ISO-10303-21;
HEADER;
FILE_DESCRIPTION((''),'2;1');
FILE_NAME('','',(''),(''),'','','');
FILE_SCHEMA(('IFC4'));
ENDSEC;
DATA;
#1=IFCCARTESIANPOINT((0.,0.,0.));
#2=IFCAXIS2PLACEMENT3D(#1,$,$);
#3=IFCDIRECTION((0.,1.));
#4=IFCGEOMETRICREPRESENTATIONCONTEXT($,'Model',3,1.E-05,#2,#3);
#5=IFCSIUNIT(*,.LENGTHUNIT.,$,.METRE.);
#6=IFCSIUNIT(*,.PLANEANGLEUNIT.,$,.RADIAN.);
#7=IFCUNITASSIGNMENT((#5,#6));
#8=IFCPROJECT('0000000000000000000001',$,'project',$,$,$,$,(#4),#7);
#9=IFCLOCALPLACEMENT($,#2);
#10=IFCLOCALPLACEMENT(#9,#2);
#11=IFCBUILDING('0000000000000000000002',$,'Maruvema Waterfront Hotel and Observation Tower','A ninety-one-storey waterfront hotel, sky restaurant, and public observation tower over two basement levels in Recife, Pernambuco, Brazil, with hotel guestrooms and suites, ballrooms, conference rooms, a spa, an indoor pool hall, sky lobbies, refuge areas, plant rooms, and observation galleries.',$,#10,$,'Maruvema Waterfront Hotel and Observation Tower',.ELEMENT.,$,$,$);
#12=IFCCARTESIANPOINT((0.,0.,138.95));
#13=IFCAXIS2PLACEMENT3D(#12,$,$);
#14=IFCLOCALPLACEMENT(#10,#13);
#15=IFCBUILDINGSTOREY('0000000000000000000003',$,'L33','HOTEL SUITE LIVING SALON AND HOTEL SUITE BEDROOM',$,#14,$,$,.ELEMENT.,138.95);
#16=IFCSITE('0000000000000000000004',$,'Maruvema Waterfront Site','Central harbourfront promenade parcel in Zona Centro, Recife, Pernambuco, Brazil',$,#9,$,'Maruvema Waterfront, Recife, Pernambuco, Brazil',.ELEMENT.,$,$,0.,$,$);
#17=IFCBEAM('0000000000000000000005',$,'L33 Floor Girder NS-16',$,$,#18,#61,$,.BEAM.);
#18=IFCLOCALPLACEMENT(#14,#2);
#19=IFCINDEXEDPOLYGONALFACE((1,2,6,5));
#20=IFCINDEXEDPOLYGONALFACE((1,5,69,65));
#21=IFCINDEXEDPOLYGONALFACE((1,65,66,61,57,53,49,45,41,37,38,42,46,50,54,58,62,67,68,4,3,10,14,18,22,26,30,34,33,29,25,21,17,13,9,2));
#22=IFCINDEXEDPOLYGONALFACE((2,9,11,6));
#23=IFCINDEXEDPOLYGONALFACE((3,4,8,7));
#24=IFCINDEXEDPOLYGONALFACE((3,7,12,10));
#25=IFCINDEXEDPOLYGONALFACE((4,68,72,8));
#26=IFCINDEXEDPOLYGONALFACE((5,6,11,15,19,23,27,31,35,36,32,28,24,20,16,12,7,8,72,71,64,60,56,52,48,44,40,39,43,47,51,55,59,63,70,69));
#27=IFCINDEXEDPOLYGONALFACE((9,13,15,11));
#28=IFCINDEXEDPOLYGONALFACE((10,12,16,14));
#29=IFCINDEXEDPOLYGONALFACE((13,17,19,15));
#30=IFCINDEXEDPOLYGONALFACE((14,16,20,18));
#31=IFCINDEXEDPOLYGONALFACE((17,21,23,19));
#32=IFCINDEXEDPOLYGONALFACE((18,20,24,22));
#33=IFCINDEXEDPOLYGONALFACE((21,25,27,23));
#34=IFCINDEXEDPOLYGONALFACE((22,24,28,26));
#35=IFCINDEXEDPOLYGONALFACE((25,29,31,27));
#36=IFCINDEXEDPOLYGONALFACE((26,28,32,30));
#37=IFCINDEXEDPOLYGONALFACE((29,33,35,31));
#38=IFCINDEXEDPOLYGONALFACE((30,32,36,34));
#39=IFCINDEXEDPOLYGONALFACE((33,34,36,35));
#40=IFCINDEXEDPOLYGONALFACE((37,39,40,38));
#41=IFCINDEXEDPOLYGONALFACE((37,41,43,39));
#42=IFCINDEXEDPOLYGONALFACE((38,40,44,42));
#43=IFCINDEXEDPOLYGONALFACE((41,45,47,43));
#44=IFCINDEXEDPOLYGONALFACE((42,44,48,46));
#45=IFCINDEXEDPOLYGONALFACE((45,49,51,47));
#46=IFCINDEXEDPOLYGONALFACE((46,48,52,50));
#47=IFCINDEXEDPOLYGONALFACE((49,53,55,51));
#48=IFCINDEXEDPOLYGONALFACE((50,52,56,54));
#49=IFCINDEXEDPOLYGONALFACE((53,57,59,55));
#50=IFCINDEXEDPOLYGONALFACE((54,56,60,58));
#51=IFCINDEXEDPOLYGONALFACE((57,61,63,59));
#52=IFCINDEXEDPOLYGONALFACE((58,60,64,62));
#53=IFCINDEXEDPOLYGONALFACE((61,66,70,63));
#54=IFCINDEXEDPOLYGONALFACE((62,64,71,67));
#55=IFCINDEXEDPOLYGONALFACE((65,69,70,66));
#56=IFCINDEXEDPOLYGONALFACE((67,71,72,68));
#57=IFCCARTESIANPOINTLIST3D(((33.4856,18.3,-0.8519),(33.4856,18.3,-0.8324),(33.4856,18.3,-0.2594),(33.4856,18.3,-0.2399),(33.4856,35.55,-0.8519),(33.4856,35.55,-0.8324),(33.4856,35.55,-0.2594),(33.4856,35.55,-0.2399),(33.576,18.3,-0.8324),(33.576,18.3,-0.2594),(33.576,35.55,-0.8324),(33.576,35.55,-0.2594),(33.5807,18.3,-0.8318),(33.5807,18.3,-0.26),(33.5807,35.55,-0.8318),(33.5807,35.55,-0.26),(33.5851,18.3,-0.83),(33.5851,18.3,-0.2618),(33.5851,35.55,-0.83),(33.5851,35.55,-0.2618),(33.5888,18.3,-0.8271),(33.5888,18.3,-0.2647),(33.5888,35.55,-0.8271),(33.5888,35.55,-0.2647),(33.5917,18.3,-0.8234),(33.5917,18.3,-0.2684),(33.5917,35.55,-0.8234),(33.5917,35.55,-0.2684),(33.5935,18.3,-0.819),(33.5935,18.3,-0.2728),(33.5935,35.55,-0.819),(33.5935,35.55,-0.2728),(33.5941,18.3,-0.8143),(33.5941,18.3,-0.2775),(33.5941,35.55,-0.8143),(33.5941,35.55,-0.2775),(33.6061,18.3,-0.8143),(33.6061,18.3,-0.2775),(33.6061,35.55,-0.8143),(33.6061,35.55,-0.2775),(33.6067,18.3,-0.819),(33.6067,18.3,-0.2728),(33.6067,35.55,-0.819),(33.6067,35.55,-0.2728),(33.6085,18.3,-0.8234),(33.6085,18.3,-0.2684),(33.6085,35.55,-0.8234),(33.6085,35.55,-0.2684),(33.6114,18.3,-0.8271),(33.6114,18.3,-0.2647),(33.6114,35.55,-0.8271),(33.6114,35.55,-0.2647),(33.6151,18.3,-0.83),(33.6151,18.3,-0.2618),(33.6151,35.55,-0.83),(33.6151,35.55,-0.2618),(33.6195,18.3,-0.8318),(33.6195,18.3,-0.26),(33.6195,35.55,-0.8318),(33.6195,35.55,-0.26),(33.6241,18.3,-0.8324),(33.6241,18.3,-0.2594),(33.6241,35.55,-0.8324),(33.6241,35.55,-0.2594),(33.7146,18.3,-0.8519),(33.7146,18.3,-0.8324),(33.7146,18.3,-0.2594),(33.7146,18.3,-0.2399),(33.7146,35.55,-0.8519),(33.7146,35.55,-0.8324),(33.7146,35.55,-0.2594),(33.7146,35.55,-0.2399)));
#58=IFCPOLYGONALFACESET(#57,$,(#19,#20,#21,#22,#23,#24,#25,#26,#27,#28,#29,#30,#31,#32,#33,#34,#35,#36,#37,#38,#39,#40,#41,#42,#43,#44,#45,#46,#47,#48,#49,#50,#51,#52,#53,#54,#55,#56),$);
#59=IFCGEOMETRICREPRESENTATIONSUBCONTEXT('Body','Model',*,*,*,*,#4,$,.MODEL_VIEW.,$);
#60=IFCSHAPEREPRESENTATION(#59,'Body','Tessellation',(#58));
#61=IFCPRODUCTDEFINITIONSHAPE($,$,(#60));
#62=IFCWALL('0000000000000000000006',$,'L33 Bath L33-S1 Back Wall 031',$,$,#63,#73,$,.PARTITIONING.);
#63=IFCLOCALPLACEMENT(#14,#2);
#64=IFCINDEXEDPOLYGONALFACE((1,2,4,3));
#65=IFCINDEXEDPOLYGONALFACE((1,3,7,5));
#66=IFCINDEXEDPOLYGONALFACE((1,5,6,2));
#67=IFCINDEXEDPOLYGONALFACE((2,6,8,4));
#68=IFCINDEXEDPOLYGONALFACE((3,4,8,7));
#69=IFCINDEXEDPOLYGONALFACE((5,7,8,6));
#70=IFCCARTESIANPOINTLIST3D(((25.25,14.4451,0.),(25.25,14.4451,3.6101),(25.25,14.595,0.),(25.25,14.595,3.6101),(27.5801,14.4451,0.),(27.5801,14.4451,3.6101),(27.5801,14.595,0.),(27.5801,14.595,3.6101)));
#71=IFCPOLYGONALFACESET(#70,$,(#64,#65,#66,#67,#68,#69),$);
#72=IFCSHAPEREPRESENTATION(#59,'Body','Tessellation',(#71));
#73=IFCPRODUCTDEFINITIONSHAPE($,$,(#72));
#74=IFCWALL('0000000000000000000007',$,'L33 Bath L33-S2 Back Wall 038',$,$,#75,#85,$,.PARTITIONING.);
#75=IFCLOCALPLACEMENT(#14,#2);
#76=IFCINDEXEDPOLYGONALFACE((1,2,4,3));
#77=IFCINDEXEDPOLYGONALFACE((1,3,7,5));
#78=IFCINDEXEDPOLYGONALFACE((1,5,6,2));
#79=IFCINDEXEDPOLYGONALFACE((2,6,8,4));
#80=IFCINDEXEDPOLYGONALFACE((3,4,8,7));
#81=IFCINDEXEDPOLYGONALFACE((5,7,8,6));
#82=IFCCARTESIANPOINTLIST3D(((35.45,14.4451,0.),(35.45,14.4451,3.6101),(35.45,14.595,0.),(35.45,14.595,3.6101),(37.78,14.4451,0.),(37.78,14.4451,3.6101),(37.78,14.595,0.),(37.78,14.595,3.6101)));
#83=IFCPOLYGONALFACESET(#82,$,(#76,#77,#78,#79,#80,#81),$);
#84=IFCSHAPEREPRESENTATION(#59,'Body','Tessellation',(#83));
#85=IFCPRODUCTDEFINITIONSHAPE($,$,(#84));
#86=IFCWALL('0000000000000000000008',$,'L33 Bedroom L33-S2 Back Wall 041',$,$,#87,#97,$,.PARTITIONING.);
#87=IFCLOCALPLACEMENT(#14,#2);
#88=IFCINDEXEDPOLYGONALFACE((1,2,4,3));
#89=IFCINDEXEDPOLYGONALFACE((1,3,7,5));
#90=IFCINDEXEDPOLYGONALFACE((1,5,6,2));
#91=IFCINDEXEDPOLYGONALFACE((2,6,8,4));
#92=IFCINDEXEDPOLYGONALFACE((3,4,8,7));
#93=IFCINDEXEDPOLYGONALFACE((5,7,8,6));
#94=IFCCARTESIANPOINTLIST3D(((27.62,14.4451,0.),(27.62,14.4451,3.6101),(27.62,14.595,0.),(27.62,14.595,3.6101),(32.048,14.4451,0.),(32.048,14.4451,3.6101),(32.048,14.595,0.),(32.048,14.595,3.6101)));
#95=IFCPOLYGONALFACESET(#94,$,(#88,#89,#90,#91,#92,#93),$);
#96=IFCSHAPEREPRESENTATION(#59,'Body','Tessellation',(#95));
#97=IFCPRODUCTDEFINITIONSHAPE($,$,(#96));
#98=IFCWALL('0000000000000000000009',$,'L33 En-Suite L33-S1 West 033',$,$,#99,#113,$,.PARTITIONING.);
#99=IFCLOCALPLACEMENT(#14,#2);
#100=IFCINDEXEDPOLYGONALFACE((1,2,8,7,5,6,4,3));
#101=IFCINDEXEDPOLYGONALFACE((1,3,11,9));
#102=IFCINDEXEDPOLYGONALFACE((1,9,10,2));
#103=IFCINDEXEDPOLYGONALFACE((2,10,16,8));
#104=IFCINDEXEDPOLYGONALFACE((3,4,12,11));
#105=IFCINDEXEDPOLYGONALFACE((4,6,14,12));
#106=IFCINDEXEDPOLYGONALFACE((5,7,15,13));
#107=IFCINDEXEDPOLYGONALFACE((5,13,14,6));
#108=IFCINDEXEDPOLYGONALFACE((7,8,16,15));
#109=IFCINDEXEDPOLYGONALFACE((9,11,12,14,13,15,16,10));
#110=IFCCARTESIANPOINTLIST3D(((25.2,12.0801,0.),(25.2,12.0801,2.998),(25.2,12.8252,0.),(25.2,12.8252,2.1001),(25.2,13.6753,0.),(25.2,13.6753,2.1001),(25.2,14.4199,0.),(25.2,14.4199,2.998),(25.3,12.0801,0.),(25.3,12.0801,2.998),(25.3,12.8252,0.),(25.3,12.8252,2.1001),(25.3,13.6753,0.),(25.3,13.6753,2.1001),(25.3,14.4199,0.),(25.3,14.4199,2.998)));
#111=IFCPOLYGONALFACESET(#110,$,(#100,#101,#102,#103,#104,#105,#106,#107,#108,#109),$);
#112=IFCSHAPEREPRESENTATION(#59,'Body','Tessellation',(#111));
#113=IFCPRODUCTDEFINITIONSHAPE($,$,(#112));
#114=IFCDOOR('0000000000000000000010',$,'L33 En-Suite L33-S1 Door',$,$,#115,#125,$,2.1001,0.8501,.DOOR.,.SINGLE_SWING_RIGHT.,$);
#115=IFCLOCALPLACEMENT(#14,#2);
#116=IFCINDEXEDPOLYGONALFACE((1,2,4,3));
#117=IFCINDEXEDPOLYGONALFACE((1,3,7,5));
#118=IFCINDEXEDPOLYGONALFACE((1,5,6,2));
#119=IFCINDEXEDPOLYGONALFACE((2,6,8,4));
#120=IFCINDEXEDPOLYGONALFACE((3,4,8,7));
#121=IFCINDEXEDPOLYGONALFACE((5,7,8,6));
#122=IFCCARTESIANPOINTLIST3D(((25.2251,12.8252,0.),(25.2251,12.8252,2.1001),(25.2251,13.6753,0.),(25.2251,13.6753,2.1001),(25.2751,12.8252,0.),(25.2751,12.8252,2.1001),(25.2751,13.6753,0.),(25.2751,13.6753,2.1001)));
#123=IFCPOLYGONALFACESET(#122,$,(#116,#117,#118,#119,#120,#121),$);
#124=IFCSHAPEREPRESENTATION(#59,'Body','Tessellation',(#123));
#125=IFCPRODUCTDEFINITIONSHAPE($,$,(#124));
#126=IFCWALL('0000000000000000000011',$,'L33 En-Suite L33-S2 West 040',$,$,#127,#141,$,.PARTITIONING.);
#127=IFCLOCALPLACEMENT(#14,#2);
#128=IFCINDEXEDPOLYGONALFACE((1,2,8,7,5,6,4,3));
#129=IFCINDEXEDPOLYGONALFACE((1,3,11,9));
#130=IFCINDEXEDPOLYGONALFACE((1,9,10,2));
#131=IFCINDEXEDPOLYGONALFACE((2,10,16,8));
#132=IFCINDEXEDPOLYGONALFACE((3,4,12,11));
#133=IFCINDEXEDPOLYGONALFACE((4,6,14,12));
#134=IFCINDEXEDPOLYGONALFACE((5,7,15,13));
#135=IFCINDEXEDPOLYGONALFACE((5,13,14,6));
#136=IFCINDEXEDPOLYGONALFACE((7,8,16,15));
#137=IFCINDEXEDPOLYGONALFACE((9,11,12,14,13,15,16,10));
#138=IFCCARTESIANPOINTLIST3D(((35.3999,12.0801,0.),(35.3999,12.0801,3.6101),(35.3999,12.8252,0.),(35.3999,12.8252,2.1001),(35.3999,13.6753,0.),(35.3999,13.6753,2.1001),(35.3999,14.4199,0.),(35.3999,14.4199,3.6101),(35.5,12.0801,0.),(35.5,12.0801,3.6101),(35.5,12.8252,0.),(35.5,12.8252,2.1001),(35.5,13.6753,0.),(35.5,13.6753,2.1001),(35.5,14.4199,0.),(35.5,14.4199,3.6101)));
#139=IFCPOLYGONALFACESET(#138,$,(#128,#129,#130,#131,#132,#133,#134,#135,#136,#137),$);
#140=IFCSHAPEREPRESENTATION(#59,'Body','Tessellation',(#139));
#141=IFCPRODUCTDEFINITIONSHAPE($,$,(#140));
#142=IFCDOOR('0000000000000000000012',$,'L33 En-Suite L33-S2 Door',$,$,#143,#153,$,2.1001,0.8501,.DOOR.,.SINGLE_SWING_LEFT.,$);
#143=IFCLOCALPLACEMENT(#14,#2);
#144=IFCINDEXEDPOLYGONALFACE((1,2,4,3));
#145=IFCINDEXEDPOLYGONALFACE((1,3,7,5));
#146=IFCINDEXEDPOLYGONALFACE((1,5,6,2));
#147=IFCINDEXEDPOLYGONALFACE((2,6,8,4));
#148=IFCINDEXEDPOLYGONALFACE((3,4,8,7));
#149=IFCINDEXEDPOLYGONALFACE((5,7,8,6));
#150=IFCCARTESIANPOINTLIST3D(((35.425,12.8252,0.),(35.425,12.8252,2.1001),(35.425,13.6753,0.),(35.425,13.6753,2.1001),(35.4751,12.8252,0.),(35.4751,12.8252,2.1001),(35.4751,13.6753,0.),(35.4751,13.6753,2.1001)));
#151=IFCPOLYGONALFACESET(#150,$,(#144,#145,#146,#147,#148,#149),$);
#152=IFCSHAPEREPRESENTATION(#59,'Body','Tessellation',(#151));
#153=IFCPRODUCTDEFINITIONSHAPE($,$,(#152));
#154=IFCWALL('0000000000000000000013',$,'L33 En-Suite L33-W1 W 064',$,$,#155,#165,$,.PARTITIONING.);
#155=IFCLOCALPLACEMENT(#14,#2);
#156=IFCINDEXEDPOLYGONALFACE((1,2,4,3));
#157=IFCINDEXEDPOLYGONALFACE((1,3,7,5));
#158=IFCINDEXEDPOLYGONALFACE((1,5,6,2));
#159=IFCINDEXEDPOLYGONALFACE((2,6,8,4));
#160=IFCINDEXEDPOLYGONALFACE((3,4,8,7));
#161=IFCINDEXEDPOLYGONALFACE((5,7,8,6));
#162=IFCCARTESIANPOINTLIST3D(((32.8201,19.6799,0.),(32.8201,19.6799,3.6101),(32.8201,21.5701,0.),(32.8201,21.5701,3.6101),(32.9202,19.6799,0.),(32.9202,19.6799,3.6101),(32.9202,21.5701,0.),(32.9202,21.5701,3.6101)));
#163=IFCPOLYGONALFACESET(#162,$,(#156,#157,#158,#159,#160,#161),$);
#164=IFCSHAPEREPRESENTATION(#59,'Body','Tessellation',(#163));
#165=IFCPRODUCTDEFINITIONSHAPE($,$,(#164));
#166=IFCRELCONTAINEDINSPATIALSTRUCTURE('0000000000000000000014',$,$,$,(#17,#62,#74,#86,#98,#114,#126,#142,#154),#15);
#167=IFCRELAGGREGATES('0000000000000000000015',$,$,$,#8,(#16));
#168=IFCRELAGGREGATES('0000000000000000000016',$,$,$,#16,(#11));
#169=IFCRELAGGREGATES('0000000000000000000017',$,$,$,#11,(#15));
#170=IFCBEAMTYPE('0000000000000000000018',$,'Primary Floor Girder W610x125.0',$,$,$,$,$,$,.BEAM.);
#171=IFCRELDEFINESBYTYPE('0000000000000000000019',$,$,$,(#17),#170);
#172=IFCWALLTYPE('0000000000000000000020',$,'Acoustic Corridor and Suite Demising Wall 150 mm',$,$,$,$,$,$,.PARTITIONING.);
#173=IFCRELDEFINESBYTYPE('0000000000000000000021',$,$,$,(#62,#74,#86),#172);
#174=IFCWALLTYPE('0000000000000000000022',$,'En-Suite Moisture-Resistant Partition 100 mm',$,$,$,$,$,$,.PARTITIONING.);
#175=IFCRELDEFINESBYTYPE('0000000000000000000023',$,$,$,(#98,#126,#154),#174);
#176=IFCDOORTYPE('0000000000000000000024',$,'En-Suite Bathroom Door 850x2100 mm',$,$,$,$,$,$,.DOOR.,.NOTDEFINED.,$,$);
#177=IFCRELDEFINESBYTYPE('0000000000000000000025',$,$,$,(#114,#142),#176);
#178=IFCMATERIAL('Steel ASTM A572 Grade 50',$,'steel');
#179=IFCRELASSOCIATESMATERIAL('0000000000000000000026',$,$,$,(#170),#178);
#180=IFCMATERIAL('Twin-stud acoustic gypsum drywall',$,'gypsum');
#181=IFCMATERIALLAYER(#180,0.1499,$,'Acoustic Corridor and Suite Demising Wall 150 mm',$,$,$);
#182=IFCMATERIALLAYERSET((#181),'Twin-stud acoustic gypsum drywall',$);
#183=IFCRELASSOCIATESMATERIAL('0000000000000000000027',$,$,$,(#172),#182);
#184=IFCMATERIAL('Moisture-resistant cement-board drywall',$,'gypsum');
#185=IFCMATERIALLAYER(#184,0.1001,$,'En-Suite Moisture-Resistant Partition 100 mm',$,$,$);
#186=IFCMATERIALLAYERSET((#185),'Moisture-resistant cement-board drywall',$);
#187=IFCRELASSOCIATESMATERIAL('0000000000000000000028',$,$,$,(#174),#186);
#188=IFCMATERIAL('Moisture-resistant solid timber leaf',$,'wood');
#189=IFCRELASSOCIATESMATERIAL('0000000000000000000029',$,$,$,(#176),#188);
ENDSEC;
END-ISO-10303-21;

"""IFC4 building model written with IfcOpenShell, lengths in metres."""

from ifc_helpers import new_model, si_unit, direction, frame, frame_2d, origin, origin_2d, place, context, subcontext, project, spatial, rectangle, i_section, extrude, material, layer, layer_set, material_profile, profile_set, type_object, element, fill, save


model = new_model("IFC4")

# Units and contexts
model_context = context("Model", 3, precision=1e-05, world=origin(), true_north=direction((0.0, 1.0)))
body_context = subcontext(model_context, "Body", "Model", "MODEL_VIEW")
ifc_project = project(units=[si_unit("LENGTHUNIT", "METRE"), si_unit("PLANEANGLEUNIT", "RADIAN")], contexts=[model_context])

# Site, building, storey
site_placement = place(None, origin())
site = spatial("IfcSite", under=ifc_project, at=site_placement, Name="Maruvema Waterfront Site", Description="Central harbourfront promenade parcel in Zona Centro, Recife, Pernambuco, Brazil", LongName="Maruvema Waterfront, Recife, Pernambuco, Brazil", CompositionType="ELEMENT", RefElevation=0.0)
building_placement = place(site_placement, origin())
building = spatial("IfcBuilding", under=site, at=building_placement, Name="Maruvema Waterfront Hotel and Observation Tower", Description="A ninety-one-storey waterfront hotel, sky restaurant, and public observation tower over two basement levels in Recife, Pernambuco, Brazil, with hotel guestrooms and suites, ballrooms, conference rooms, a spa, an indoor pool hall, sky lobbies, refuge areas, plant rooms, and observation galleries.", LongName="Maruvema Waterfront Hotel and Observation Tower", CompositionType="ELEMENT")
storey_placement = place(building_placement, frame((0.0, 0.0, 138.95)))
storey = spatial("IfcBuildingStorey", under=building, at=storey_placement, Name="L33", Description="HOTEL SUITE LIVING SALON AND HOTEL SUITE BEDROOM", CompositionType="ELEMENT", Elevation=138.95)

# Beam
ifc_material_1 = material(Name="Steel ASTM A572 Grade 50", Category="steel")
ifc_material_profile_1 = material_profile(ifc_material_1, i_section(OverallWidth=0.229, OverallDepth=0.6121, WebThickness=0.012, FlangeThickness=0.0195, FilletRadius=0.0181, at=origin_2d()), Name="W610x125.0")
ifc_profile_set_1 = profile_set([ifc_material_profile_1], Name="Steel ASTM A572 Grade 50")
beam_type = type_object("IfcBeamType", Name="Primary Floor Girder W610x125.0", PredefinedType="BEAM", material=ifc_profile_set_1)
beam_1_placement = place(storey_placement, frame((33.6001, 18.3, -0.5459), z_axis=(0.0, 1.0, 0.0), x_axis=(-1.0, 0.0, 0.0)))
element("IfcBeam", 1, at=beam_1_placement, inside=storey, type_object=beam_type, Name="L33 Floor Girder NS-16", PredefinedType="BEAM", context=body_context, shape_type="SweptSolid", body=[
    extrude(i_section(OverallWidth=0.229, OverallDepth=0.6121, WebThickness=0.012, FlangeThickness=0.0195, FilletRadius=0.0181, at=origin_2d()), origin(), (0.0, 0.0, 1.0), 17.25),
])

# Walls
ifc_material_2 = material(Name="Twin-stud acoustic gypsum drywall", Category="gypsum")
ifc_layer_1 = layer(ifc_material_2, 0.1499, Name="Acoustic Corridor and Suite Demising Wall 150 mm")
ifc_layer_set_1 = layer_set([ifc_layer_1], Name="Twin-stud acoustic gypsum drywall")
wall_type_1 = type_object("IfcWallType", Name="Acoustic Corridor and Suite Demising Wall 150 mm", PredefinedType="PARTITIONING", material=ifc_layer_set_1)
for number, where, z_axis, x_axis, name in (
    (2, (25.25, 14.52, 0.0), (0.0, 0.0, 1.0), (1.0, 0.0, 0.0), "L33 Bath L33-S1 Back Wall 031"),
    (3, (35.45, 14.52, 0.0), (0.0, 0.0, 1.0), (1.0, 0.0, 0.0), "L33 Bath L33-S2 Back Wall 038"),
):
    element("IfcWall", number, at=place(storey_placement, frame(where, z_axis=z_axis, x_axis=x_axis)), inside=storey, type_object=wall_type_1, Name=name, PredefinedType="PARTITIONING", context=body_context, shape_type="SweptSolid", body=[
        extrude(rectangle(XDim=2.3301, YDim=0.1499, at=frame_2d((1.165, 0.0))), origin(), (0.0, 0.0, 1.0), 3.6101),
    ])
wall_1_placement = place(storey_placement, frame((27.6201, 14.52, 0.0), z_axis=(0.0, 0.0, 1.0), x_axis=(1.0, 0.0, 0.0)))
element("IfcWall", 4, at=wall_1_placement, inside=storey, type_object=wall_type_1, Name="L33 Bedroom L33-S2 Back Wall 041", PredefinedType="PARTITIONING", context=body_context, shape_type="SweptSolid", body=[
    extrude(rectangle(XDim=4.428, YDim=0.1499, at=frame_2d((2.2139, 0.0))), origin(), (0.0, 0.0, 1.0), 3.6101),
])

# Walls, openings, doors
ifc_material_3 = material(Name="Moisture-resistant cement-board drywall", Category="gypsum")
ifc_layer_2 = layer(ifc_material_3, 0.1001, Name="En-Suite Moisture-Resistant Partition 100 mm")
ifc_layer_set_2 = layer_set([ifc_layer_2], Name="Moisture-resistant cement-board drywall")
wall_type_2 = type_object("IfcWallType", Name="En-Suite Moisture-Resistant Partition 100 mm", PredefinedType="PARTITIONING", material=ifc_layer_set_2)
wall_2_placement = place(storey_placement, frame((25.25, 12.0801, 0.0), z_axis=(0.0, 0.0, 1.0), x_axis=(0.0, 1.0, 0.0)))
wall_2 = element("IfcWall", 5, at=wall_2_placement, inside=storey, type_object=wall_type_2, Name="L33 En-Suite L33-S1 West 033", PredefinedType="PARTITIONING", context=body_context, shape_type="SweptSolid", body=[
    extrude(rectangle(XDim=2.3398, YDim=0.1001, at=frame_2d((1.1699, 0.0))), origin(), (0.0, 0.0, 1.0), 2.998),
])
opening_1_placement = place(wall_2_placement, frame((0.7451, 0.0, 0.0)))
opening_1 = element("IfcOpeningElement", 6, at=opening_1_placement, cuts=wall_2, PredefinedType="OPENING", context=body_context, shape_type="SweptSolid", body=[
    extrude(rectangle(XDim=0.8501, YDim=2.1001, at=frame_2d((0.425, 1.05))), frame((0.0, 0.0601, 0.0), z_axis=(0.0, -1.0, 0.0), x_axis=(1.0, 0.0, 0.0)), (0.0, 0.0, 1.0), 0.1201),
])
ifc_material_4 = material(Name="Moisture-resistant solid timber leaf", Category="wood")
door_type_1 = type_object("IfcDoorType", Name="En-Suite Bathroom Door 850x2100 mm", OperationType="NOTDEFINED", PredefinedType="DOOR", material=ifc_material_4)
door_1_placement = place(opening_1_placement, origin())
door_1 = element("IfcDoor", 7, at=door_1_placement, inside=storey, type_object=door_type_1, Name="L33 En-Suite L33-S1 Door", OperationType="SINGLE_SWING_RIGHT", OverallHeight=2.1001, OverallWidth=0.8501, PredefinedType="DOOR", context=body_context, shape_type="SweptSolid", body=[
    extrude(rectangle(XDim=0.8501, YDim=2.1001, at=frame_2d((0.425, 1.05))), frame((0.0, 0.0249, 0.0), z_axis=(0.0, -1.0, 0.0), x_axis=(1.0, 0.0, 0.0)), (0.0, 0.0, 1.0), 0.05),
])
fill(opening_1, door_1)
wall_3_placement = place(storey_placement, frame((35.45, 12.0801, 0.0), z_axis=(0.0, 0.0, 1.0), x_axis=(0.0, 1.0, 0.0)))
wall_3 = element("IfcWall", 8, at=wall_3_placement, inside=storey, type_object=wall_type_2, Name="L33 En-Suite L33-S2 West 040", PredefinedType="PARTITIONING", context=body_context, shape_type="SweptSolid", body=[
    extrude(rectangle(XDim=2.3398, YDim=0.1001, at=frame_2d((1.1699, 0.0))), origin(), (0.0, 0.0, 1.0), 3.6101),
])
opening_2_placement = place(wall_3_placement, frame((0.7451, 0.0, 0.0)))
opening_2 = element("IfcOpeningElement", 9, at=opening_2_placement, cuts=wall_3, PredefinedType="OPENING", context=body_context, shape_type="SweptSolid", body=[
    extrude(rectangle(XDim=0.8501, YDim=2.1001, at=frame_2d((0.425, 1.05))), frame((0.0, 0.0601, 0.0), z_axis=(0.0, -1.0, 0.0), x_axis=(1.0, 0.0, 0.0)), (0.0, 0.0, 1.0), 0.1201),
])
door_2_placement = place(opening_2_placement, origin())
door_2 = element("IfcDoor", 10, at=door_2_placement, inside=storey, type_object=door_type_1, Name="L33 En-Suite L33-S2 Door", OperationType="SINGLE_SWING_LEFT", OverallHeight=2.1001, OverallWidth=0.8501, PredefinedType="DOOR", context=body_context, shape_type="SweptSolid", body=[
    extrude(rectangle(XDim=0.8501, YDim=2.1001, at=frame_2d((0.425, 1.05))), frame((0.0, 0.0249, 0.0), z_axis=(0.0, -1.0, 0.0), x_axis=(1.0, 0.0, 0.0)), (0.0, 0.0, 1.0), 0.05),
])
fill(opening_2, door_2)

# Wall
wall_4_placement = place(storey_placement, frame((32.8701, 19.6799, 0.0), z_axis=(0.0, 0.0, 1.0), x_axis=(0.0, 1.0, 0.0)))
element("IfcWall", 11, at=wall_4_placement, inside=storey, type_object=wall_type_2, Name="L33 En-Suite L33-W1 W 064", PredefinedType="PARTITIONING", context=body_context, shape_type="SweptSolid", body=[
    extrude(rectangle(XDim=1.8901, YDim=0.1001, at=frame_2d((0.9451, 0.0))), origin(), (0.0, 0.0, 1.0), 3.6101),
])

save(model, "model.ifc")
